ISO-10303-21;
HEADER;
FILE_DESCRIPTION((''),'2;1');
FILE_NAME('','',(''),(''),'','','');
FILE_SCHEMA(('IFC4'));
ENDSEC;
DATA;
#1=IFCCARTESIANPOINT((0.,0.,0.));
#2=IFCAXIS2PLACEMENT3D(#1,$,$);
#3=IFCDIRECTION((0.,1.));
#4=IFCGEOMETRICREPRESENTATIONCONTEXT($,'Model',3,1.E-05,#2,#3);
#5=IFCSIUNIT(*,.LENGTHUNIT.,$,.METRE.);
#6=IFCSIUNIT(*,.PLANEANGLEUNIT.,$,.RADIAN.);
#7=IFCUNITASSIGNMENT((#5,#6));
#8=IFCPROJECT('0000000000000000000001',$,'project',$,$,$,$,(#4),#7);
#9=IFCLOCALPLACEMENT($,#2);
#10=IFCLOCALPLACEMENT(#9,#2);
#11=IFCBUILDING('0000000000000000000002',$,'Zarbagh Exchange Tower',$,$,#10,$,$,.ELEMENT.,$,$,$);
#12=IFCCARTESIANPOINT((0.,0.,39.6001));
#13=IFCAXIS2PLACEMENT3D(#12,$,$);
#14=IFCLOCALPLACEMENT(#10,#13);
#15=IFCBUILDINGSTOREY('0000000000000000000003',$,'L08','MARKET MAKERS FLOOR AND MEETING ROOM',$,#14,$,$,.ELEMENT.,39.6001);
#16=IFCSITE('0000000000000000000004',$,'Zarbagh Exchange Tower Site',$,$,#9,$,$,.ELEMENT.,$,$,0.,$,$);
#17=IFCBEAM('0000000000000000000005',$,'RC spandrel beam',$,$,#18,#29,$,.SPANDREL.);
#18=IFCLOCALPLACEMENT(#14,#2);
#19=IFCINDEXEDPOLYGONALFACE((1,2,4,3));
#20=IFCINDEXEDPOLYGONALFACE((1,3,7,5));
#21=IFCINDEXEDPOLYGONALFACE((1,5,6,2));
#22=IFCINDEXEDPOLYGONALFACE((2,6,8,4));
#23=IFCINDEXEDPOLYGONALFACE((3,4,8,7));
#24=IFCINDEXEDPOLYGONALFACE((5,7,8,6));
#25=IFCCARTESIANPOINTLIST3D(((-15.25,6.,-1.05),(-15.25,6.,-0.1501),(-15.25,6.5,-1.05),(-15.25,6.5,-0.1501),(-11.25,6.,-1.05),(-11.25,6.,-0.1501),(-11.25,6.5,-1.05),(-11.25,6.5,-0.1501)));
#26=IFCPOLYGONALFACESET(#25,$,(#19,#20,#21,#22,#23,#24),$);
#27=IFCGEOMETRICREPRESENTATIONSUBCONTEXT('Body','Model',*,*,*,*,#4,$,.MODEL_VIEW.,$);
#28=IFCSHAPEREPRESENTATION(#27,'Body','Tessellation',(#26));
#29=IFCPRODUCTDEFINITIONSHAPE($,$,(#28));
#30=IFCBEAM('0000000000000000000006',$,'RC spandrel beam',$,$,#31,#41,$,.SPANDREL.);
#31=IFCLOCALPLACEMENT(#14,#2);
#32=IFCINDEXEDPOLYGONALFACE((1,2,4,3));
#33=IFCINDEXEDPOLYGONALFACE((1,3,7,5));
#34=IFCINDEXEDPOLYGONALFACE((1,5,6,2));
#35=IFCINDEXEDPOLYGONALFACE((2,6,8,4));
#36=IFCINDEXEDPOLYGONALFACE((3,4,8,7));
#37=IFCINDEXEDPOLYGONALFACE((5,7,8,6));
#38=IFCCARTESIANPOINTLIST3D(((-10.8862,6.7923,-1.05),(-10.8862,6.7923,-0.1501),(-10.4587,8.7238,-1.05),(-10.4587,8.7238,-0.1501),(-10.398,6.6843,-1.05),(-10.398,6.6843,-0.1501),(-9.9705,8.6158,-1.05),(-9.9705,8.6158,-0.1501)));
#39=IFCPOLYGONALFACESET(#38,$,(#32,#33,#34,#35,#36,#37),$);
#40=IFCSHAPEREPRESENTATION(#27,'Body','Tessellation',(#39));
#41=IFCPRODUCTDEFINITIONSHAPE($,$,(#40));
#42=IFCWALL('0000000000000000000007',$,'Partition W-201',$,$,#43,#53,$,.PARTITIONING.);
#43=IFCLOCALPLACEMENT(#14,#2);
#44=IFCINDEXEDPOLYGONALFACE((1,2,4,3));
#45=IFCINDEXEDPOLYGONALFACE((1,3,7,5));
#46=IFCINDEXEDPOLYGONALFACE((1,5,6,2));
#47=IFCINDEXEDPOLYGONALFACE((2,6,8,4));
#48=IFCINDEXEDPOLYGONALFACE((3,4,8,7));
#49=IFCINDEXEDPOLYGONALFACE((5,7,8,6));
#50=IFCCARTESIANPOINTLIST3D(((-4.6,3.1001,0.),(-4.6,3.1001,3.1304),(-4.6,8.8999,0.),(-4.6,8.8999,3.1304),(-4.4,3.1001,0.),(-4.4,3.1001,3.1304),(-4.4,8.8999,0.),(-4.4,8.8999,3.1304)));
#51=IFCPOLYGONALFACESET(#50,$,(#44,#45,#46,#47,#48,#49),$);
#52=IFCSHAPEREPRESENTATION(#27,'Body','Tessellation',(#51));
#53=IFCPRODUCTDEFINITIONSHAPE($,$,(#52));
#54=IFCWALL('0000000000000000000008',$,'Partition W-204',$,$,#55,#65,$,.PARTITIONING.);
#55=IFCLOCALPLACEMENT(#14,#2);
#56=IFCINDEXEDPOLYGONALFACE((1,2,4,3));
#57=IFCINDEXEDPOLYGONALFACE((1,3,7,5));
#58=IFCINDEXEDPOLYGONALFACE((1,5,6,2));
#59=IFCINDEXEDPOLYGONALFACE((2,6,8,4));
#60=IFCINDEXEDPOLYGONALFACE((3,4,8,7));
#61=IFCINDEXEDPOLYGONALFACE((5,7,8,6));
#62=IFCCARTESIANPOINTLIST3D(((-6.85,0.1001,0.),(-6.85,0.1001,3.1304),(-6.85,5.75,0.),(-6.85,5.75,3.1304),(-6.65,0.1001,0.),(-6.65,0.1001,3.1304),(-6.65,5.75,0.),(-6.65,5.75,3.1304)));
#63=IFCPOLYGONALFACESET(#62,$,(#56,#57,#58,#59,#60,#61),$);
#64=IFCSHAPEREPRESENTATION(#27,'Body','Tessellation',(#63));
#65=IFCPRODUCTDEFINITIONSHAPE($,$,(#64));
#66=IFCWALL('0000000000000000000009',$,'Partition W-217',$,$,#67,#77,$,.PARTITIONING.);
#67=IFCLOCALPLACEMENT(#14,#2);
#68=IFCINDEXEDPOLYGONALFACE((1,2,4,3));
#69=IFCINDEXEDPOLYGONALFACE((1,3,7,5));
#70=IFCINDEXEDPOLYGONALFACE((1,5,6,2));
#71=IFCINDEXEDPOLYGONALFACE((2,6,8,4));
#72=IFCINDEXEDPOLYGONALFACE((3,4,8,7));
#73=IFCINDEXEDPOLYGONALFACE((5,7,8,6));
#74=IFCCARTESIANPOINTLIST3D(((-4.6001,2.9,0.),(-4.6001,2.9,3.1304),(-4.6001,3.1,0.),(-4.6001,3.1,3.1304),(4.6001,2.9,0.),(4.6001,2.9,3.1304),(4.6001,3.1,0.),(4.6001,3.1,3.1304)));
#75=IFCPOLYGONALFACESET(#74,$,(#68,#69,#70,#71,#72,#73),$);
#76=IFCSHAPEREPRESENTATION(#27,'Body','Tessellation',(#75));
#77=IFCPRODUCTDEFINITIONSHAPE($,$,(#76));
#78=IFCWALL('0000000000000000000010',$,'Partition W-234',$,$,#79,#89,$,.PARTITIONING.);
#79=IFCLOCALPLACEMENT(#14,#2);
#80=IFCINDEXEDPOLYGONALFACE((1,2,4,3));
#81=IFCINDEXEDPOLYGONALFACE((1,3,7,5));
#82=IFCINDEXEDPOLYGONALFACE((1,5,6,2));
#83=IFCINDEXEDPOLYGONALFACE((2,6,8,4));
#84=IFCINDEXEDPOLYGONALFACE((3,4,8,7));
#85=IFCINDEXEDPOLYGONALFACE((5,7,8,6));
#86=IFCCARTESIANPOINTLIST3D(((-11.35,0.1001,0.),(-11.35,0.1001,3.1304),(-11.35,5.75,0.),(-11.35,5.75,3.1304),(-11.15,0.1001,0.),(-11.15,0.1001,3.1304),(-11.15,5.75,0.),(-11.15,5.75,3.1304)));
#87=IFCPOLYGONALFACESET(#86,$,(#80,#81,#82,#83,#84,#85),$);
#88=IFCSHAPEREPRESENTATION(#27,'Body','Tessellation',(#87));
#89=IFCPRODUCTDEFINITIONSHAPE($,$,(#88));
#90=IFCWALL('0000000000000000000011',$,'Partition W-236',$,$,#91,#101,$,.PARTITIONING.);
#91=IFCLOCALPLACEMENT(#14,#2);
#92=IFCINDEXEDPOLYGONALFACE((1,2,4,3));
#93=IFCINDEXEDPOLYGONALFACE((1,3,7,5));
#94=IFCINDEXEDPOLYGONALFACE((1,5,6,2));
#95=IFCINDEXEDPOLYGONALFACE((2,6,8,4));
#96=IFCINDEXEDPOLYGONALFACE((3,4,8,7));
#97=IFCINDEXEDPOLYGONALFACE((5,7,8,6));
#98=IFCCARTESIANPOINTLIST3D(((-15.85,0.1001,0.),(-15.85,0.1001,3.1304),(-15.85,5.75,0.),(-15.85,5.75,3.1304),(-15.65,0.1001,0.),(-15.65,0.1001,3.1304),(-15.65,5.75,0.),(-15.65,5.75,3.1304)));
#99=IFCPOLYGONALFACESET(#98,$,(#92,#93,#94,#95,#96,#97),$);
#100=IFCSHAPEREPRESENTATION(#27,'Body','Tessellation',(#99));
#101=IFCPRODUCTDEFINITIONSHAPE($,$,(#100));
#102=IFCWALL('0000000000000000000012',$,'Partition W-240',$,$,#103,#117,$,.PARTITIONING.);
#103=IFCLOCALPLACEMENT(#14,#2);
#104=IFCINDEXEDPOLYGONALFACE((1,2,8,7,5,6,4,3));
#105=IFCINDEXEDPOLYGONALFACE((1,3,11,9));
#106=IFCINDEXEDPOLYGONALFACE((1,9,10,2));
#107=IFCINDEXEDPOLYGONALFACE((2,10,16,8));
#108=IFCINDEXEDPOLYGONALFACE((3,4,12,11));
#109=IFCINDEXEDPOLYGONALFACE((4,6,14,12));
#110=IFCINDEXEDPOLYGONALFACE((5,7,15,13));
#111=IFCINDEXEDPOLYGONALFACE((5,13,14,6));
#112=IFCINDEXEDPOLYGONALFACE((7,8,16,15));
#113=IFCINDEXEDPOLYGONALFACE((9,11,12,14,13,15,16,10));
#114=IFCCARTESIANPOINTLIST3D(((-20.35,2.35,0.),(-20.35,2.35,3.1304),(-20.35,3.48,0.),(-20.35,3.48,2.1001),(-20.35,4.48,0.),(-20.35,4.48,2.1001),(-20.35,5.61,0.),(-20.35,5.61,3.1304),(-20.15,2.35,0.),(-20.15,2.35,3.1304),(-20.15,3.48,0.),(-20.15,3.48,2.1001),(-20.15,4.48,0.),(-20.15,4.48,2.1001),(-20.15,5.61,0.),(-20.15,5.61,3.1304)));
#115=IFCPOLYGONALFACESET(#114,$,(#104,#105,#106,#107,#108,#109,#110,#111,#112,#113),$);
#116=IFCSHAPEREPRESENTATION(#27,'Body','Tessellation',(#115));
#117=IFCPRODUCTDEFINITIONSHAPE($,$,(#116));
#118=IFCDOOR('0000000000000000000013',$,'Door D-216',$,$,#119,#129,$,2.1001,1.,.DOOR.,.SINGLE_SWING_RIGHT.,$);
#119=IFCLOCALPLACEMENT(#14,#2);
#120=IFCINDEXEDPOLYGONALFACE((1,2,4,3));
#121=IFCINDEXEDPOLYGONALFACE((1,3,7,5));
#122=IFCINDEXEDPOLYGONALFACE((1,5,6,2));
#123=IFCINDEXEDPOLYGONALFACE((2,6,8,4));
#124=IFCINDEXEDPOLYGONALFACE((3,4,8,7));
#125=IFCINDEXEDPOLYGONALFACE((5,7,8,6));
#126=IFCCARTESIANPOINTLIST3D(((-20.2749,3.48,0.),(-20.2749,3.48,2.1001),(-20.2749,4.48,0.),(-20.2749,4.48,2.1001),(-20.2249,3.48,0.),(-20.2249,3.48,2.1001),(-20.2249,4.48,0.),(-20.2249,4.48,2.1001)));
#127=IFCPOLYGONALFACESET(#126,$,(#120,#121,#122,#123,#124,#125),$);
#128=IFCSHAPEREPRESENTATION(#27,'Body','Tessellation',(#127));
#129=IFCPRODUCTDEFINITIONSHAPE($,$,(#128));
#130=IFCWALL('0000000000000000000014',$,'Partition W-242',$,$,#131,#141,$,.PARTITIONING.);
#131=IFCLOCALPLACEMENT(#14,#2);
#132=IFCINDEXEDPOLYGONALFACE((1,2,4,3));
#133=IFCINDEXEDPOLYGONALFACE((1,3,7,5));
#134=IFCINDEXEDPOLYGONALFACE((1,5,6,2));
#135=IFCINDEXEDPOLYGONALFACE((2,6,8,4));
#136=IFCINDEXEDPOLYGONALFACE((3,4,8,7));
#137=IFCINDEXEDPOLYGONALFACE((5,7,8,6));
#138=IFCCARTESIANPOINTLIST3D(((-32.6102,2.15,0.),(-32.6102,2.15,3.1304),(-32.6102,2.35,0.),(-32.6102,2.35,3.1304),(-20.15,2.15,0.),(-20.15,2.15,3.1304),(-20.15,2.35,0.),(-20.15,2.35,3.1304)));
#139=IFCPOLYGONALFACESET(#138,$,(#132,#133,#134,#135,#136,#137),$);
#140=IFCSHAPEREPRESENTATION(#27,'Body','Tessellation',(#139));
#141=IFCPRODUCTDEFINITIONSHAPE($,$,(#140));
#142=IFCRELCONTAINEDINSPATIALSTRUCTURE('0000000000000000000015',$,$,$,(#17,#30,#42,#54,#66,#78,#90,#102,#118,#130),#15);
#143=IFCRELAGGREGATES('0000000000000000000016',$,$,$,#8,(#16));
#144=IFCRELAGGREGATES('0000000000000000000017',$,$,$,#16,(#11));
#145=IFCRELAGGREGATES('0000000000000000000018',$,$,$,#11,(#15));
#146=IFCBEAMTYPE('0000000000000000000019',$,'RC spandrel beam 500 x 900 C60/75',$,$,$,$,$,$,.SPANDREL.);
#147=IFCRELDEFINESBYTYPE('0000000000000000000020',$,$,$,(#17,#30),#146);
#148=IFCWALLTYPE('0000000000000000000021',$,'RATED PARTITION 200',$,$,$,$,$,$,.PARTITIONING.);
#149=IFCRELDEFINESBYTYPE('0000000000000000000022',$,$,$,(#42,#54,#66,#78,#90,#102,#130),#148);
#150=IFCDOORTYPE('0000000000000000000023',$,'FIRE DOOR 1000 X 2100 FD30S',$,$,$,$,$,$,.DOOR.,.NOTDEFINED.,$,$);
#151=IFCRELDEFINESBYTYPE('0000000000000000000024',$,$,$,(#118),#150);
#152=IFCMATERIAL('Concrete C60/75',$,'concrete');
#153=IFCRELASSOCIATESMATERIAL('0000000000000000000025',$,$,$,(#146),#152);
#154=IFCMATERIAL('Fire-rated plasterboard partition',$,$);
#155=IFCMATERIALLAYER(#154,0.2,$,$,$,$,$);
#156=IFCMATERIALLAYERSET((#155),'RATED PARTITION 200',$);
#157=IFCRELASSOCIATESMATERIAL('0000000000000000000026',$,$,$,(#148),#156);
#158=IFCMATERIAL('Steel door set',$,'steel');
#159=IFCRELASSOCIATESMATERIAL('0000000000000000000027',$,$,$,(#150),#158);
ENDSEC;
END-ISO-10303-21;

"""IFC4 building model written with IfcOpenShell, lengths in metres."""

from ifc_helpers import new_model, si_unit, direction, frame, frame_2d, origin, origin_2d, place, context, subcontext, project, spatial, rectangle, extrude, material, layer, layer_set, material_profile, profile_set, type_object, element, fill, save


model = new_model("IFC4")

# Units and contexts
model_context = context("Model", 3, precision=1e-05, world=origin(), true_north=direction((0.0, 1.0)))
body_context = subcontext(model_context, "Body", "Model", "MODEL_VIEW")
ifc_project = project(units=[si_unit("LENGTHUNIT", "METRE"), si_unit("PLANEANGLEUNIT", "RADIAN")], contexts=[model_context])

# Site, building, storey
site_placement = place(None, origin())
site = spatial("IfcSite", under=ifc_project, at=site_placement, Name="Zarbagh Exchange Tower Site", CompositionType="ELEMENT", RefElevation=0.0)
building_placement = place(site_placement, origin())
building = spatial("IfcBuilding", under=site, at=building_placement, Name="Zarbagh Exchange Tower", CompositionType="ELEMENT")
storey_placement = place(building_placement, frame((0.0, 0.0, 39.6001)))
storey = spatial("IfcBuildingStorey", under=building, at=storey_placement, Name="L08", Description="MARKET MAKERS FLOOR AND MEETING ROOM", CompositionType="ELEMENT", Elevation=39.6001)

# Shared definitions
ifc_material_1 = material(Name="Concrete C60/75", Category="concrete")

# Beams
ifc_material_profile_1 = material_profile(ifc_material_1, rectangle(XDim=0.5, YDim=0.8999, at=origin_2d()), Name="RC spandrel beam 500 x 900 C60/75")
ifc_profile_set_1 = profile_set([ifc_material_profile_1], Name="Concrete C60/75")
beam_type_1 = type_object("IfcBeamType", Name="RC spandrel beam 500 x 900 C60/75", PredefinedType="SPANDREL", material=ifc_profile_set_1)
beam_1_placement = place(storey_placement, frame((-15.25, 6.25, -0.6001), z_axis=(1.0, 0.0, 0.0), x_axis=(0.0, 1.0, 0.0)))
element("IfcBeam", 1, at=beam_1_placement, inside=storey, type_object=beam_type_1, Name="RC spandrel beam", PredefinedType="SPANDREL", context=body_context, shape_type="SweptSolid", body=[
    extrude(rectangle(XDim=0.5, YDim=0.8999, at=origin_2d()), origin(), (0.0, 0.0, 1.0), 4.0),
])
beam_2_placement = place(storey_placement, frame((-10.6421, 6.7383, -0.6001), z_axis=(0.216081, 0.976375, 0.0), x_axis=(-0.976375, 0.216081, 0.0)))
element("IfcBeam", 2, at=beam_2_placement, inside=storey, type_object=beam_type_1, Name="RC spandrel beam", PredefinedType="SPANDREL", context=body_context, shape_type="SweptSolid", body=[
    extrude(rectangle(XDim=0.5, YDim=0.8999, at=origin_2d()), origin(), (0.0, 0.0, 1.0), 1.9783),
])

# Walls
ifc_material_2 = material(Name="Fire-rated plasterboard partition")
ifc_layer = layer(ifc_material_2, 0.2)
ifc_layer_set = layer_set([ifc_layer], Name="RATED PARTITION 200")
wall_type = type_object("IfcWallType", Name="RATED PARTITION 200", PredefinedType="PARTITIONING", material=ifc_layer_set)
wall_1_placement = place(storey_placement, frame((-4.5, 3.1001, 0.0), z_axis=(0.0, 0.0, 1.0), x_axis=(0.0, 1.0, 0.0)))
element("IfcWall", 3, at=wall_1_placement, inside=storey, type_object=wall_type, Name="Partition W-201", PredefinedType="PARTITIONING", context=body_context, shape_type="SweptSolid", body=[
    extrude(rectangle(XDim=5.7998, YDim=0.2, at=frame_2d((2.8999, 0.0))), origin(), (0.0, 0.0, 1.0), 3.1304),
])
wall_2_placement = place(storey_placement, frame((-6.75, 0.1001, 0.0), z_axis=(0.0, 0.0, 1.0), x_axis=(0.0, 1.0, 0.0)))
element("IfcWall", 4, at=wall_2_placement, inside=storey, type_object=wall_type, Name="Partition W-204", PredefinedType="PARTITIONING", context=body_context, shape_type="SweptSolid", body=[
    extrude(rectangle(XDim=5.6499, YDim=0.2, at=frame_2d((2.825, 0.0))), origin(), (0.0, 0.0, 1.0), 3.1304),
])
wall_3_placement = place(storey_placement, frame((-4.6001, 3.0, 0.0), z_axis=(0.0, 0.0, 1.0), x_axis=(1.0, 0.0, 0.0)))
element("IfcWall", 5, at=wall_3_placement, inside=storey, type_object=wall_type, Name="Partition W-217", PredefinedType="PARTITIONING", context=body_context, shape_type="SweptSolid", body=[
    extrude(rectangle(XDim=9.2002, YDim=0.2, at=frame_2d((4.6001, 0.0))), origin(), (0.0, 0.0, 1.0), 3.1304),
])
for number, where, z_axis, x_axis, name in (
    (6, (-11.25, 0.1001, 0.0), (0.0, 0.0, 1.0), (0.0, 1.0, 0.0), "Partition W-234"),
    (7, (-15.75, 0.1001, 0.0), (0.0, 0.0, 1.0), (0.0, 1.0, 0.0), "Partition W-236"),
):
    element("IfcWall", number, at=place(storey_placement, frame(where, z_axis=z_axis, x_axis=x_axis)), inside=storey, type_object=wall_type, Name=name, PredefinedType="PARTITIONING", context=body_context, shape_type="SweptSolid", body=[
        extrude(rectangle(XDim=5.6499, YDim=0.2, at=frame_2d((2.825, 0.0))), origin(), (0.0, 0.0, 1.0), 3.1304),
    ])

# Wall, opening, door
wall_4_placement = place(storey_placement, frame((-20.25, 2.3501, 0.0), z_axis=(0.0, 0.0, 1.0), x_axis=(0.0, 1.0, 0.0)))
wall_4 = element("IfcWall", 8, at=wall_4_placement, inside=storey, type_object=wall_type, Name="Partition W-240", PredefinedType="PARTITIONING", context=body_context, shape_type="SweptSolid", body=[
    extrude(rectangle(XDim=3.26, YDim=0.2, at=frame_2d((1.6299, 0.0))), origin(), (0.0, 0.0, 1.0), 3.1304),
])
opening_placement = place(wall_4_placement, frame((1.1299, 0.0, 0.0)))
opening = element("IfcOpeningElement", 9, at=opening_placement, cuts=wall_4, PredefinedType="OPENING", context=body_context, shape_type="SweptSolid", body=[
    extrude(rectangle(XDim=1.0, YDim=2.1001, at=frame_2d((0.5, 1.05))), frame((0.0, 0.1099, 0.0), z_axis=(0.0, -1.0, 0.0), x_axis=(1.0, 0.0, 0.0)), (0.0, 0.0, 1.0), 0.22),
])
ifc_material_3 = material(Name="Steel door set", Category="steel")
door_type = type_object("IfcDoorType", Name="FIRE DOOR 1000 X 2100 FD30S", OperationType="NOTDEFINED", PredefinedType="DOOR", material=ifc_material_3)
door_placement = place(opening_placement, origin())
door = element("IfcDoor", 10, at=door_placement, inside=storey, type_object=door_type, Name="Door D-216", OperationType="SINGLE_SWING_RIGHT", OverallHeight=2.1001, OverallWidth=1.0, PredefinedType="DOOR", context=body_context, shape_type="SweptSolid", body=[
    extrude(rectangle(XDim=1.0, YDim=2.1001, at=frame_2d((0.5, 1.05))), frame((0.0, 0.0249, 0.0), z_axis=(0.0, -1.0, 0.0), x_axis=(1.0, 0.0, 0.0)), (0.0, 0.0, 1.0), 0.05),
])
fill(opening, door)

# Wall
wall_5_placement = place(storey_placement, frame((-32.6101, 2.25, 0.0), z_axis=(0.0, 0.0, 1.0), x_axis=(1.0, 0.0, 0.0)))
element("IfcWall", 11, at=wall_5_placement, inside=storey, type_object=wall_type, Name="Partition W-242", PredefinedType="PARTITIONING", context=body_context, shape_type="SweptSolid", body=[
    extrude(rectangle(XDim=12.4602, YDim=0.2, at=frame_2d((6.23, 0.0))), origin(), (0.0, 0.0, 1.0), 3.1304),
])

save(model, "model.ifc")
